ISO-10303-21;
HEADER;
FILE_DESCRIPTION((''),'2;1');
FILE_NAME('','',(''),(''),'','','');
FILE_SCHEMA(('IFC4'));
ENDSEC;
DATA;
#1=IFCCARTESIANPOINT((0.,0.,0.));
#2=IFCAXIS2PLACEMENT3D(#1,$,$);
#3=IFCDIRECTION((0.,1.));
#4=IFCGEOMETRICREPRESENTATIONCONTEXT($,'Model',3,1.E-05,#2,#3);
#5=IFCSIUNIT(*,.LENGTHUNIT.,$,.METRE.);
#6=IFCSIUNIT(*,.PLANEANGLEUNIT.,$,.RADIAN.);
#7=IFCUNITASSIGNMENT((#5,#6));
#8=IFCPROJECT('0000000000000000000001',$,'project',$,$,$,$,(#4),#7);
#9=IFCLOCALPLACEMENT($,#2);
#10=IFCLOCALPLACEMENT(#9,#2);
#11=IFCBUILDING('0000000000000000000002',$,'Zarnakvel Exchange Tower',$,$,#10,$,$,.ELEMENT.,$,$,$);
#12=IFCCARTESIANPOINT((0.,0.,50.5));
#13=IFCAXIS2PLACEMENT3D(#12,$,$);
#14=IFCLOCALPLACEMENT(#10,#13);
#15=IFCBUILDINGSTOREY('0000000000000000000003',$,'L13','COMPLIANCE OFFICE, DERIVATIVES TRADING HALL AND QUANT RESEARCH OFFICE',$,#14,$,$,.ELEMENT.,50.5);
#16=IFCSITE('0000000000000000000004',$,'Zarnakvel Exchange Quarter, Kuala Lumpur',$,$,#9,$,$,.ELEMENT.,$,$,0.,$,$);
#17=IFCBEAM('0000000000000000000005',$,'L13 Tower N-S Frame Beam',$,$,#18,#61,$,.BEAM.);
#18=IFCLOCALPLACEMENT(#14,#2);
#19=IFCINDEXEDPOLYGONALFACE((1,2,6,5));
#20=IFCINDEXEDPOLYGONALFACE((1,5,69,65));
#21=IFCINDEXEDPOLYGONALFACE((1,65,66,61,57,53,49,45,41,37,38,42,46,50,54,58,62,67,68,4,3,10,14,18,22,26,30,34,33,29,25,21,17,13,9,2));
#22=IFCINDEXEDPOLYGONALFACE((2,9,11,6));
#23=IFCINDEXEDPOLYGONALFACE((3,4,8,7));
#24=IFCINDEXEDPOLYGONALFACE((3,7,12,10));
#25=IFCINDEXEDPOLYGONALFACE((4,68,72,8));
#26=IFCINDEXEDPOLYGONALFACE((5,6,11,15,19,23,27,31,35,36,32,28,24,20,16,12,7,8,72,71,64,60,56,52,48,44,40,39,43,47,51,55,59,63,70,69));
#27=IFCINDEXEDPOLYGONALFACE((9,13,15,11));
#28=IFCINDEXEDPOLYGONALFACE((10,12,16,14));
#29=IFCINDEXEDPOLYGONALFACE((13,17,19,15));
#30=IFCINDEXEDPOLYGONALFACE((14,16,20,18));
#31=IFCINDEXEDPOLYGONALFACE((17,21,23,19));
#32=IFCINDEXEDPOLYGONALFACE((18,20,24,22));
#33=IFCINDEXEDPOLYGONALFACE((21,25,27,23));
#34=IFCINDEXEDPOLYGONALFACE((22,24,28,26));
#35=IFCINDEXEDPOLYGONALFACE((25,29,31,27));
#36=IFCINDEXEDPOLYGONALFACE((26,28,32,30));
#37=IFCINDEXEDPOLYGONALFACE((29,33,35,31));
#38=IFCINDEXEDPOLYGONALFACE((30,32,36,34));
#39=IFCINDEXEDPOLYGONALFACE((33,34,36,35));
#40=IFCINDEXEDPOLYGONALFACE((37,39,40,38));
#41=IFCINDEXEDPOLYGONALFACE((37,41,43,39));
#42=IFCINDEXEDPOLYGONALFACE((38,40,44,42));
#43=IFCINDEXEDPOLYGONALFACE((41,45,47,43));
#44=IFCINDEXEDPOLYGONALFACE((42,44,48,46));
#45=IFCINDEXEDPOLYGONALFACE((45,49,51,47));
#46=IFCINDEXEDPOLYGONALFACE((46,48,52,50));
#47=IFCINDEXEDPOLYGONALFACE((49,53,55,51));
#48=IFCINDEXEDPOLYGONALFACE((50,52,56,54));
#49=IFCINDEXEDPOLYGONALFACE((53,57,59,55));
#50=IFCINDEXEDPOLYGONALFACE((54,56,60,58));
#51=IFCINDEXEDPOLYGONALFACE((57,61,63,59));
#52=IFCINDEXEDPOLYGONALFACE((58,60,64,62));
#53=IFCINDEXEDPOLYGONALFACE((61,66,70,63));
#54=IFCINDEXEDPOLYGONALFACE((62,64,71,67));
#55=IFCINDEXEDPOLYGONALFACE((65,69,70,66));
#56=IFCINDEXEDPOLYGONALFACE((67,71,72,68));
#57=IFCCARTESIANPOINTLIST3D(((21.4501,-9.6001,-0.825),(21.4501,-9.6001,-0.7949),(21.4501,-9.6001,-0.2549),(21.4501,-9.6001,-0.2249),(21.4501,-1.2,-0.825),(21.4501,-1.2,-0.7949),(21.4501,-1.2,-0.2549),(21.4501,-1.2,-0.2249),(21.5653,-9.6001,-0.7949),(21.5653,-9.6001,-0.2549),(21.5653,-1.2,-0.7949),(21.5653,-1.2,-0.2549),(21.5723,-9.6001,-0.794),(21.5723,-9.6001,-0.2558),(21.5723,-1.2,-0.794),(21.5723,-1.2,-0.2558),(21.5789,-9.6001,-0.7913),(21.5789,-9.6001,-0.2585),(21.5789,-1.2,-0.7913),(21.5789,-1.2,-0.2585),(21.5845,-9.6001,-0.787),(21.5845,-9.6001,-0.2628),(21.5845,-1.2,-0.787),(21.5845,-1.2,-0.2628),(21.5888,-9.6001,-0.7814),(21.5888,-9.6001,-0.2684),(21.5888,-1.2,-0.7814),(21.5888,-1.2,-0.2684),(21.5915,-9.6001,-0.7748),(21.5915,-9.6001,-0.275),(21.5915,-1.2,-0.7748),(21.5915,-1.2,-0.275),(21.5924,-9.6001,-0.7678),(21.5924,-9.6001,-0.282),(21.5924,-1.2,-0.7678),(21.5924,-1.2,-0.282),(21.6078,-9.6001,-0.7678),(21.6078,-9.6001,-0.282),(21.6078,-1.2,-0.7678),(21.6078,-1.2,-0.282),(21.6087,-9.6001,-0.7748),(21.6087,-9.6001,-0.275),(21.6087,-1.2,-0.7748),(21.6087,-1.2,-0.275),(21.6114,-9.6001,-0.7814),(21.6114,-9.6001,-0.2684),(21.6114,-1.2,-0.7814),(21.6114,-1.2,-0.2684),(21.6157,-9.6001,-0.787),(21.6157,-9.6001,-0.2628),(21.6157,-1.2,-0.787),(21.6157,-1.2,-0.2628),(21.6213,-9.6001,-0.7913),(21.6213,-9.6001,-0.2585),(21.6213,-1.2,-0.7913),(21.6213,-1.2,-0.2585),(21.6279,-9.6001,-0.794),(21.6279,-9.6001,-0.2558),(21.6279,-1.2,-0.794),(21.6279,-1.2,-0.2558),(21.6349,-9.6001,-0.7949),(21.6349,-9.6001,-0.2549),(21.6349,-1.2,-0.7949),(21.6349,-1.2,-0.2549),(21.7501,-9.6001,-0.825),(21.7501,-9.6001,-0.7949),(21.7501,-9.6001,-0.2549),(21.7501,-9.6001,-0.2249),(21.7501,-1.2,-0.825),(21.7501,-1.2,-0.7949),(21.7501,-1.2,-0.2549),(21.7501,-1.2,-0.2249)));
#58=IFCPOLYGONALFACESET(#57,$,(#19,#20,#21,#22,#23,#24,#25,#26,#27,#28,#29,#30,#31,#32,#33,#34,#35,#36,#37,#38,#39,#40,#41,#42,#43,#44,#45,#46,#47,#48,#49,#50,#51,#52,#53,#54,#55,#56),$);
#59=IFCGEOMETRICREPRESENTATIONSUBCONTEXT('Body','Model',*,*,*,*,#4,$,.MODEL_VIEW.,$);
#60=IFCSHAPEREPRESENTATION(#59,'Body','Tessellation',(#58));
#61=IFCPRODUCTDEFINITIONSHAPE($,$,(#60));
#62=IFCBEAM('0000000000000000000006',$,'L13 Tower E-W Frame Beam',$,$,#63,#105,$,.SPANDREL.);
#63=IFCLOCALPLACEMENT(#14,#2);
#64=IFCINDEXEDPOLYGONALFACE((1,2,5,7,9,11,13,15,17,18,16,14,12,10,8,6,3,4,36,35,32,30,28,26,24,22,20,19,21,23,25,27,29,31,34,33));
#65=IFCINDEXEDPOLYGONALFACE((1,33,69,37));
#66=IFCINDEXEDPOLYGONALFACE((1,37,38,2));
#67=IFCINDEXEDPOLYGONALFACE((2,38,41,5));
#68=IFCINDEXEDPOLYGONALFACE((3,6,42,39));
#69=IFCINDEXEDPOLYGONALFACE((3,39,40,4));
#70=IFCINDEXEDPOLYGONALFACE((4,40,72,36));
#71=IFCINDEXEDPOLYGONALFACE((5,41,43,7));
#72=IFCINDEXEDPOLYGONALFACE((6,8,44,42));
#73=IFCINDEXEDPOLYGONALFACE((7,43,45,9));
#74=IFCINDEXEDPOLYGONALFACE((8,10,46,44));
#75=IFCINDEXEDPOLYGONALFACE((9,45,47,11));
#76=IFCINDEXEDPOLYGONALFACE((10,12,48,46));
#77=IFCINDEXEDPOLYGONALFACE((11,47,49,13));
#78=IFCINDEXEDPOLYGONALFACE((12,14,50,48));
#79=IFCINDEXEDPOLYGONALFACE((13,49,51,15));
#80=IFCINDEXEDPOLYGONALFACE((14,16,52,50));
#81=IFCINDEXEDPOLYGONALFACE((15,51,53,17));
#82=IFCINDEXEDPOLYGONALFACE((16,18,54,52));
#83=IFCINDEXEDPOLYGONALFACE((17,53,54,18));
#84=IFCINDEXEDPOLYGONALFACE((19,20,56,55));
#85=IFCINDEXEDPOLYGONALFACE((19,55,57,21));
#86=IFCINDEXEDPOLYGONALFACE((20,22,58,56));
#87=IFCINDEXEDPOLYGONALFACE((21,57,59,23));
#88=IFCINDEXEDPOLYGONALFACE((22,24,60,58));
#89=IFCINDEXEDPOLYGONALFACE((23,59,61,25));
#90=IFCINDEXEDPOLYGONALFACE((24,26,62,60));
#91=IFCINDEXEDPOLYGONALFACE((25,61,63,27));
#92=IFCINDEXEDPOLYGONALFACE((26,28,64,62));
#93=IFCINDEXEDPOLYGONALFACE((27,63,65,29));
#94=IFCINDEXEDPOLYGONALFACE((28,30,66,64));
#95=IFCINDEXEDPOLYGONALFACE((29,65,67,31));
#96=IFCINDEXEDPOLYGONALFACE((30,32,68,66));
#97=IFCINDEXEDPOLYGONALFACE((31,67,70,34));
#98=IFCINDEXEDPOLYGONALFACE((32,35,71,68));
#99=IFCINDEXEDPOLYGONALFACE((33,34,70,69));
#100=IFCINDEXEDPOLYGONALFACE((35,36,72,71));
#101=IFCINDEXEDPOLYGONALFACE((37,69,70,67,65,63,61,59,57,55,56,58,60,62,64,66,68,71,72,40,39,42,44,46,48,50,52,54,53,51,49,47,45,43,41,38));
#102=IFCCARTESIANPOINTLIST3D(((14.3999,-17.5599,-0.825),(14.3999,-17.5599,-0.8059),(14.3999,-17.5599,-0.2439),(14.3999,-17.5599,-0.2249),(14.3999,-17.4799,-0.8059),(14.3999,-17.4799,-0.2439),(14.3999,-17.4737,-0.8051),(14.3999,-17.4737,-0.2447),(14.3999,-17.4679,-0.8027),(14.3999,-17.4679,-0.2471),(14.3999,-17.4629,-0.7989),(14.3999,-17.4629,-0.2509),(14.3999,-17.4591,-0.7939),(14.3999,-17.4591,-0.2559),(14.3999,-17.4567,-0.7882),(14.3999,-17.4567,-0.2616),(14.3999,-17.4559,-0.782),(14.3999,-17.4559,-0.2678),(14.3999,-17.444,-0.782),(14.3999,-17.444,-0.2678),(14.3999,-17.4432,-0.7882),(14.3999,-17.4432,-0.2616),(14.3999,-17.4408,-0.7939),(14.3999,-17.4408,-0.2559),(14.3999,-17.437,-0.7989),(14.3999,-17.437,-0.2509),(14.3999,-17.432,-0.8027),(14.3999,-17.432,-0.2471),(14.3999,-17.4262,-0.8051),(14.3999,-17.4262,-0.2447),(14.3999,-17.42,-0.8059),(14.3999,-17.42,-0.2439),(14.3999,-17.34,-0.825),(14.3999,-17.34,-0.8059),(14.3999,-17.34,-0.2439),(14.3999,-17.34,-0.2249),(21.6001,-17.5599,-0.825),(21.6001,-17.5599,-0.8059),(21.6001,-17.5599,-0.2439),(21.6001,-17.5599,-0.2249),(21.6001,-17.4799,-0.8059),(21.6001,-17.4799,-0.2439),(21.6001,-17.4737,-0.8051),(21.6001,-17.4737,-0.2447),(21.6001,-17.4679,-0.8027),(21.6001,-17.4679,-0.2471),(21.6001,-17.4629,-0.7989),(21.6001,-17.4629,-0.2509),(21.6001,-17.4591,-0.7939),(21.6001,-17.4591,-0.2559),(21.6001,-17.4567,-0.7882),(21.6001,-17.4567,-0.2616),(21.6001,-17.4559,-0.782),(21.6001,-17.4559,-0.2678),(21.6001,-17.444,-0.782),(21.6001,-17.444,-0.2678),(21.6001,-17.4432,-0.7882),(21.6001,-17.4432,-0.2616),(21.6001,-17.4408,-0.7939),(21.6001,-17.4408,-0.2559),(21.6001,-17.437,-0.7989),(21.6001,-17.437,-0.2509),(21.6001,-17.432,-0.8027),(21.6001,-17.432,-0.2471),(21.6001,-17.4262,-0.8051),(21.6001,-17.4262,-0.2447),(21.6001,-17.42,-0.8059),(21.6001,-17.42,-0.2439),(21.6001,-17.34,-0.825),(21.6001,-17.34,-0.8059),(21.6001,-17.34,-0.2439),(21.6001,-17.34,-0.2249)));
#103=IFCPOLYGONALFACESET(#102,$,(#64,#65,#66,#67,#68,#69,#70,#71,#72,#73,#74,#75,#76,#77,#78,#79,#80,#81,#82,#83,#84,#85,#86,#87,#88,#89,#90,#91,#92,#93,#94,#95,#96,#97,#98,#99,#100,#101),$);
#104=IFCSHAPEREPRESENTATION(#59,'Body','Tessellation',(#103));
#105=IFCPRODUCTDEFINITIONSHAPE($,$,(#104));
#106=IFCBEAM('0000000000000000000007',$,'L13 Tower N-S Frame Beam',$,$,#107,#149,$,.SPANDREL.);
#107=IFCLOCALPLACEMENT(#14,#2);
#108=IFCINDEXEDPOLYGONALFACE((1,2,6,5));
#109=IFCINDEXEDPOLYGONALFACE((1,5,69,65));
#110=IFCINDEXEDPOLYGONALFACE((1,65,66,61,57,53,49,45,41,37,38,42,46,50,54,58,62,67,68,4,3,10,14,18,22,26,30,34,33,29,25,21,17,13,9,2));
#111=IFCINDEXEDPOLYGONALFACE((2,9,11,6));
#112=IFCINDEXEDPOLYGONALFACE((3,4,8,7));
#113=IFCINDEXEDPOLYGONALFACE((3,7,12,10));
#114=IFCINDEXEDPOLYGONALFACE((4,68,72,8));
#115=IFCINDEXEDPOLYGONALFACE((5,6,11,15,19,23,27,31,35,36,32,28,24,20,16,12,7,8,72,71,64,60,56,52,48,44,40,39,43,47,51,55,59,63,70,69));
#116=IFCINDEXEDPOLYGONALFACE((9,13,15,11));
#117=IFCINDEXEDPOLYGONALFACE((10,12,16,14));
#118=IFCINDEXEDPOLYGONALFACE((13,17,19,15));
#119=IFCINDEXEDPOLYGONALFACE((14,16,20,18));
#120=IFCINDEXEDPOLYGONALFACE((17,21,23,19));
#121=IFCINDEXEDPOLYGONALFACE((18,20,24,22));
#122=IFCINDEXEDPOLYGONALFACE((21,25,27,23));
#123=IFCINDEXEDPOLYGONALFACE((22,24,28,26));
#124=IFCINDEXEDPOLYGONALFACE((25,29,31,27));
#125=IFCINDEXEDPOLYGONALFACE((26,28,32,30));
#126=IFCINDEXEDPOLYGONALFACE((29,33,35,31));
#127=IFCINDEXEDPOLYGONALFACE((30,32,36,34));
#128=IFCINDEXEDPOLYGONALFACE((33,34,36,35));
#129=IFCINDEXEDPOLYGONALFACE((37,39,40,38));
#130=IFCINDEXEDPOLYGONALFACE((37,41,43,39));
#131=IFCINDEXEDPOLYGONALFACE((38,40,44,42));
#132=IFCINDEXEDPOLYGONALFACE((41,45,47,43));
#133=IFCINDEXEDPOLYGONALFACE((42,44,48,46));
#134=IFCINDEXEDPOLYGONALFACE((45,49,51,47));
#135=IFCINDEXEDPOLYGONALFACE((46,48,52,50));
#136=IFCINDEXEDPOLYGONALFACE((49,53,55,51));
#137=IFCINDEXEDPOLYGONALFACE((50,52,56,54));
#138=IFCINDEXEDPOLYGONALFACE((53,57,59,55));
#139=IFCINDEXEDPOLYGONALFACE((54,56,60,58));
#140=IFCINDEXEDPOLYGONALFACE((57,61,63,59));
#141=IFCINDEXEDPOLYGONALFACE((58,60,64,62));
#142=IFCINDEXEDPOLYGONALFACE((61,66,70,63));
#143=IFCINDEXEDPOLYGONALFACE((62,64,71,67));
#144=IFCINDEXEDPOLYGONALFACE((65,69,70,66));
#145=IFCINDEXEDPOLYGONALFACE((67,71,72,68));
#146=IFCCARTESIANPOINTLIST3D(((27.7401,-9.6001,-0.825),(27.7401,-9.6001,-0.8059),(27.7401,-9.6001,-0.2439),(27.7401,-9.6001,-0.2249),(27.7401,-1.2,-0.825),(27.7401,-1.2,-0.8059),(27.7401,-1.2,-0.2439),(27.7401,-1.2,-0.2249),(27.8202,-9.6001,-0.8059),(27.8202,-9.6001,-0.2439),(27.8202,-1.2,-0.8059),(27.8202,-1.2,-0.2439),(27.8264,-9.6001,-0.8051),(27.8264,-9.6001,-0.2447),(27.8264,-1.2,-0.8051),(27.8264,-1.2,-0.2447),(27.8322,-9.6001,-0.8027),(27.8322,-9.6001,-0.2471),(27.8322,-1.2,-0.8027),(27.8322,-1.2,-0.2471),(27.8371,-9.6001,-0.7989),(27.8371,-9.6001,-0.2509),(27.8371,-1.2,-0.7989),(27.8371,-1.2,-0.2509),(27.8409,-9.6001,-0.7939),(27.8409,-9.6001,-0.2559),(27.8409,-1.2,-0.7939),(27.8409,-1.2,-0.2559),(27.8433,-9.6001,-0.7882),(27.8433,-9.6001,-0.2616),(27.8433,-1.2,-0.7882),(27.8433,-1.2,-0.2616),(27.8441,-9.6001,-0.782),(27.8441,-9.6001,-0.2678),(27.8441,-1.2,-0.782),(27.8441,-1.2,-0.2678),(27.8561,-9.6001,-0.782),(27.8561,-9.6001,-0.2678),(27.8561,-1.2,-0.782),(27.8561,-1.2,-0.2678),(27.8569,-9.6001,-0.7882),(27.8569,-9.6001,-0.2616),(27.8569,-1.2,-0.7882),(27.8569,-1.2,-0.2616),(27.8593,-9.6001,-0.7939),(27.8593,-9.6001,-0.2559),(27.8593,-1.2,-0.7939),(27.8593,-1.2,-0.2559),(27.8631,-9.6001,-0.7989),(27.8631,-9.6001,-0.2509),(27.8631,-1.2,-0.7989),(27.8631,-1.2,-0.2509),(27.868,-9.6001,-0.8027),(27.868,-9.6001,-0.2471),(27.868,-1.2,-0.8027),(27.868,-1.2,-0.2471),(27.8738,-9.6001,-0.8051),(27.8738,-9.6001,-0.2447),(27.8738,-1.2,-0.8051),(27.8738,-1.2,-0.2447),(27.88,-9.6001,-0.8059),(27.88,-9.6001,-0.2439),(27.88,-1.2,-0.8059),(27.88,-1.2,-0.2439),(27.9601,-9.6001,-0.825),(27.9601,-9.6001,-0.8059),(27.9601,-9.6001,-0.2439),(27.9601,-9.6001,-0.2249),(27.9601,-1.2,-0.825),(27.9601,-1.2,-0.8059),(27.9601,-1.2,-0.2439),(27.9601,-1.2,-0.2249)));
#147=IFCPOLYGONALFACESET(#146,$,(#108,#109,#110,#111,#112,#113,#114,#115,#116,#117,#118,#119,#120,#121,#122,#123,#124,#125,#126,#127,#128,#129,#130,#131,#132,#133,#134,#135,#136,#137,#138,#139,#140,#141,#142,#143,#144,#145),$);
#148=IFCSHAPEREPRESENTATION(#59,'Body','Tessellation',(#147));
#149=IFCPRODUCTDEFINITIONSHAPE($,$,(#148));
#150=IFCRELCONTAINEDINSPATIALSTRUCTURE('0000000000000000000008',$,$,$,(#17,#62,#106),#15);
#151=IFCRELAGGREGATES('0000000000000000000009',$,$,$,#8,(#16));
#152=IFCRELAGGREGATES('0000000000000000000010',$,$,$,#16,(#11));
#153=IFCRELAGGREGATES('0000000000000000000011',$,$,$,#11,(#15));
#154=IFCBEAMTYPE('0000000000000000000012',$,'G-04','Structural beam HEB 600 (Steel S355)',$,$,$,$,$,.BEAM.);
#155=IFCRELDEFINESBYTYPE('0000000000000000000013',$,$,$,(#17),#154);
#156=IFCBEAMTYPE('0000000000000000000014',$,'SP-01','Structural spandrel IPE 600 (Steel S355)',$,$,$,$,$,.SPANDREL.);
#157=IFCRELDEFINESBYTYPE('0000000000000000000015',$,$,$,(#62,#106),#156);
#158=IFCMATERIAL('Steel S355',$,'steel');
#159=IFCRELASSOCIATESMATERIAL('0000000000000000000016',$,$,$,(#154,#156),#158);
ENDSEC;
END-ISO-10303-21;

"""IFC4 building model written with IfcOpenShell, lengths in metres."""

from ifc_helpers import new_model, si_unit, direction, frame, origin, origin_2d, place, context, subcontext, project, spatial, i_section, extrude, material, material_profile, profile_set, type_object, element, save


model = new_model("IFC4")

# Units and contexts
model_context = context("Model", 3, precision=1e-05, world=origin(), true_north=direction((0.0, 1.0)))
body_context = subcontext(model_context, "Body", "Model", "MODEL_VIEW")
ifc_project = project(units=[si_unit("LENGTHUNIT", "METRE"), si_unit("PLANEANGLEUNIT", "RADIAN")], contexts=[model_context])

# Site, building, storey
site_placement = place(None, origin())
site = spatial("IfcSite", under=ifc_project, at=site_placement, Name="Zarnakvel Exchange Quarter, Kuala Lumpur", CompositionType="ELEMENT", RefElevation=0.0)
building_placement = place(site_placement, origin())
building = spatial("IfcBuilding", under=site, at=building_placement, Name="Zarnakvel Exchange Tower", CompositionType="ELEMENT")
storey_placement = place(building_placement, frame((0.0, 0.0, 50.5)))
storey = spatial("IfcBuildingStorey", under=building, at=storey_placement, Name="L13", Description="COMPLIANCE OFFICE, DERIVATIVES TRADING HALL AND QUANT RESEARCH OFFICE", CompositionType="ELEMENT", Elevation=50.5)

# Shared definitions
ifc_material_1 = material(Name="Steel S355", Category="steel")

# Beams
ifc_material_profile_1 = material_profile(ifc_material_1, i_section(OverallWidth=0.3, OverallDepth=0.6001, WebThickness=0.0154, FlangeThickness=0.03, FilletRadius=0.0271, at=origin_2d()))
ifc_profile_set_1 = profile_set([ifc_material_profile_1], Name="Steel S355")
beam_type_1 = type_object("IfcBeamType", Name="G-04", Description="Structural beam HEB 600 (Steel S355)", PredefinedType="BEAM", material=ifc_profile_set_1)
beam_1_placement = place(storey_placement, frame((21.6001, -9.6001, -0.5249), z_axis=(0.0, 1.0, 0.0), x_axis=(-1.0, 0.0, 0.0)))
element("IfcBeam", 1, at=beam_1_placement, inside=storey, type_object=beam_type_1, Name="L13 Tower N-S Frame Beam", PredefinedType="BEAM", context=body_context, shape_type="SweptSolid", body=[
    extrude(i_section(OverallWidth=0.3, OverallDepth=0.6001, WebThickness=0.0154, FlangeThickness=0.03, FilletRadius=0.0271, at=origin_2d()), origin(), (0.0, 0.0, 1.0), 8.4001),
])
ifc_material_profile_2 = material_profile(ifc_material_1, i_section(OverallWidth=0.22, OverallDepth=0.6001, WebThickness=0.012, FlangeThickness=0.019, FilletRadius=0.0239, at=origin_2d()))
ifc_profile_set_2 = profile_set([ifc_material_profile_2], Name="Steel S355")
beam_type_2 = type_object("IfcBeamType", Name="SP-01", Description="Structural spandrel IPE 600 (Steel S355)", PredefinedType="SPANDREL", material=ifc_profile_set_2)
beam_2_placement = place(storey_placement, frame((14.3999, -17.45, -0.5249), z_axis=(1.0, 0.0, 0.0), x_axis=(0.0, 1.0, 0.0)))
element("IfcBeam", 2, at=beam_2_placement, inside=storey, type_object=beam_type_2, Name="L13 Tower E-W Frame Beam", PredefinedType="SPANDREL", context=body_context, shape_type="SweptSolid", body=[
    extrude(i_section(OverallWidth=0.22, OverallDepth=0.6001, WebThickness=0.012, FlangeThickness=0.019, FilletRadius=0.0239, at=origin_2d()), origin(), (0.0, 0.0, 1.0), 7.2002),
])
beam_3_placement = place(storey_placement, frame((27.8501, -9.6001, -0.5249), z_axis=(0.0, 1.0, 0.0), x_axis=(-1.0, 0.0, 0.0)))
element("IfcBeam", 3, at=beam_3_placement, inside=storey, type_object=beam_type_2, Name="L13 Tower N-S Frame Beam", PredefinedType="SPANDREL", context=body_context, shape_type="SweptSolid", body=[
    extrude(i_section(OverallWidth=0.22, OverallDepth=0.6001, WebThickness=0.012, FlangeThickness=0.019, FilletRadius=0.0239, at=origin_2d()), origin(), (0.0, 0.0, 1.0), 8.4001),
])

save(model, "model.ifc")
